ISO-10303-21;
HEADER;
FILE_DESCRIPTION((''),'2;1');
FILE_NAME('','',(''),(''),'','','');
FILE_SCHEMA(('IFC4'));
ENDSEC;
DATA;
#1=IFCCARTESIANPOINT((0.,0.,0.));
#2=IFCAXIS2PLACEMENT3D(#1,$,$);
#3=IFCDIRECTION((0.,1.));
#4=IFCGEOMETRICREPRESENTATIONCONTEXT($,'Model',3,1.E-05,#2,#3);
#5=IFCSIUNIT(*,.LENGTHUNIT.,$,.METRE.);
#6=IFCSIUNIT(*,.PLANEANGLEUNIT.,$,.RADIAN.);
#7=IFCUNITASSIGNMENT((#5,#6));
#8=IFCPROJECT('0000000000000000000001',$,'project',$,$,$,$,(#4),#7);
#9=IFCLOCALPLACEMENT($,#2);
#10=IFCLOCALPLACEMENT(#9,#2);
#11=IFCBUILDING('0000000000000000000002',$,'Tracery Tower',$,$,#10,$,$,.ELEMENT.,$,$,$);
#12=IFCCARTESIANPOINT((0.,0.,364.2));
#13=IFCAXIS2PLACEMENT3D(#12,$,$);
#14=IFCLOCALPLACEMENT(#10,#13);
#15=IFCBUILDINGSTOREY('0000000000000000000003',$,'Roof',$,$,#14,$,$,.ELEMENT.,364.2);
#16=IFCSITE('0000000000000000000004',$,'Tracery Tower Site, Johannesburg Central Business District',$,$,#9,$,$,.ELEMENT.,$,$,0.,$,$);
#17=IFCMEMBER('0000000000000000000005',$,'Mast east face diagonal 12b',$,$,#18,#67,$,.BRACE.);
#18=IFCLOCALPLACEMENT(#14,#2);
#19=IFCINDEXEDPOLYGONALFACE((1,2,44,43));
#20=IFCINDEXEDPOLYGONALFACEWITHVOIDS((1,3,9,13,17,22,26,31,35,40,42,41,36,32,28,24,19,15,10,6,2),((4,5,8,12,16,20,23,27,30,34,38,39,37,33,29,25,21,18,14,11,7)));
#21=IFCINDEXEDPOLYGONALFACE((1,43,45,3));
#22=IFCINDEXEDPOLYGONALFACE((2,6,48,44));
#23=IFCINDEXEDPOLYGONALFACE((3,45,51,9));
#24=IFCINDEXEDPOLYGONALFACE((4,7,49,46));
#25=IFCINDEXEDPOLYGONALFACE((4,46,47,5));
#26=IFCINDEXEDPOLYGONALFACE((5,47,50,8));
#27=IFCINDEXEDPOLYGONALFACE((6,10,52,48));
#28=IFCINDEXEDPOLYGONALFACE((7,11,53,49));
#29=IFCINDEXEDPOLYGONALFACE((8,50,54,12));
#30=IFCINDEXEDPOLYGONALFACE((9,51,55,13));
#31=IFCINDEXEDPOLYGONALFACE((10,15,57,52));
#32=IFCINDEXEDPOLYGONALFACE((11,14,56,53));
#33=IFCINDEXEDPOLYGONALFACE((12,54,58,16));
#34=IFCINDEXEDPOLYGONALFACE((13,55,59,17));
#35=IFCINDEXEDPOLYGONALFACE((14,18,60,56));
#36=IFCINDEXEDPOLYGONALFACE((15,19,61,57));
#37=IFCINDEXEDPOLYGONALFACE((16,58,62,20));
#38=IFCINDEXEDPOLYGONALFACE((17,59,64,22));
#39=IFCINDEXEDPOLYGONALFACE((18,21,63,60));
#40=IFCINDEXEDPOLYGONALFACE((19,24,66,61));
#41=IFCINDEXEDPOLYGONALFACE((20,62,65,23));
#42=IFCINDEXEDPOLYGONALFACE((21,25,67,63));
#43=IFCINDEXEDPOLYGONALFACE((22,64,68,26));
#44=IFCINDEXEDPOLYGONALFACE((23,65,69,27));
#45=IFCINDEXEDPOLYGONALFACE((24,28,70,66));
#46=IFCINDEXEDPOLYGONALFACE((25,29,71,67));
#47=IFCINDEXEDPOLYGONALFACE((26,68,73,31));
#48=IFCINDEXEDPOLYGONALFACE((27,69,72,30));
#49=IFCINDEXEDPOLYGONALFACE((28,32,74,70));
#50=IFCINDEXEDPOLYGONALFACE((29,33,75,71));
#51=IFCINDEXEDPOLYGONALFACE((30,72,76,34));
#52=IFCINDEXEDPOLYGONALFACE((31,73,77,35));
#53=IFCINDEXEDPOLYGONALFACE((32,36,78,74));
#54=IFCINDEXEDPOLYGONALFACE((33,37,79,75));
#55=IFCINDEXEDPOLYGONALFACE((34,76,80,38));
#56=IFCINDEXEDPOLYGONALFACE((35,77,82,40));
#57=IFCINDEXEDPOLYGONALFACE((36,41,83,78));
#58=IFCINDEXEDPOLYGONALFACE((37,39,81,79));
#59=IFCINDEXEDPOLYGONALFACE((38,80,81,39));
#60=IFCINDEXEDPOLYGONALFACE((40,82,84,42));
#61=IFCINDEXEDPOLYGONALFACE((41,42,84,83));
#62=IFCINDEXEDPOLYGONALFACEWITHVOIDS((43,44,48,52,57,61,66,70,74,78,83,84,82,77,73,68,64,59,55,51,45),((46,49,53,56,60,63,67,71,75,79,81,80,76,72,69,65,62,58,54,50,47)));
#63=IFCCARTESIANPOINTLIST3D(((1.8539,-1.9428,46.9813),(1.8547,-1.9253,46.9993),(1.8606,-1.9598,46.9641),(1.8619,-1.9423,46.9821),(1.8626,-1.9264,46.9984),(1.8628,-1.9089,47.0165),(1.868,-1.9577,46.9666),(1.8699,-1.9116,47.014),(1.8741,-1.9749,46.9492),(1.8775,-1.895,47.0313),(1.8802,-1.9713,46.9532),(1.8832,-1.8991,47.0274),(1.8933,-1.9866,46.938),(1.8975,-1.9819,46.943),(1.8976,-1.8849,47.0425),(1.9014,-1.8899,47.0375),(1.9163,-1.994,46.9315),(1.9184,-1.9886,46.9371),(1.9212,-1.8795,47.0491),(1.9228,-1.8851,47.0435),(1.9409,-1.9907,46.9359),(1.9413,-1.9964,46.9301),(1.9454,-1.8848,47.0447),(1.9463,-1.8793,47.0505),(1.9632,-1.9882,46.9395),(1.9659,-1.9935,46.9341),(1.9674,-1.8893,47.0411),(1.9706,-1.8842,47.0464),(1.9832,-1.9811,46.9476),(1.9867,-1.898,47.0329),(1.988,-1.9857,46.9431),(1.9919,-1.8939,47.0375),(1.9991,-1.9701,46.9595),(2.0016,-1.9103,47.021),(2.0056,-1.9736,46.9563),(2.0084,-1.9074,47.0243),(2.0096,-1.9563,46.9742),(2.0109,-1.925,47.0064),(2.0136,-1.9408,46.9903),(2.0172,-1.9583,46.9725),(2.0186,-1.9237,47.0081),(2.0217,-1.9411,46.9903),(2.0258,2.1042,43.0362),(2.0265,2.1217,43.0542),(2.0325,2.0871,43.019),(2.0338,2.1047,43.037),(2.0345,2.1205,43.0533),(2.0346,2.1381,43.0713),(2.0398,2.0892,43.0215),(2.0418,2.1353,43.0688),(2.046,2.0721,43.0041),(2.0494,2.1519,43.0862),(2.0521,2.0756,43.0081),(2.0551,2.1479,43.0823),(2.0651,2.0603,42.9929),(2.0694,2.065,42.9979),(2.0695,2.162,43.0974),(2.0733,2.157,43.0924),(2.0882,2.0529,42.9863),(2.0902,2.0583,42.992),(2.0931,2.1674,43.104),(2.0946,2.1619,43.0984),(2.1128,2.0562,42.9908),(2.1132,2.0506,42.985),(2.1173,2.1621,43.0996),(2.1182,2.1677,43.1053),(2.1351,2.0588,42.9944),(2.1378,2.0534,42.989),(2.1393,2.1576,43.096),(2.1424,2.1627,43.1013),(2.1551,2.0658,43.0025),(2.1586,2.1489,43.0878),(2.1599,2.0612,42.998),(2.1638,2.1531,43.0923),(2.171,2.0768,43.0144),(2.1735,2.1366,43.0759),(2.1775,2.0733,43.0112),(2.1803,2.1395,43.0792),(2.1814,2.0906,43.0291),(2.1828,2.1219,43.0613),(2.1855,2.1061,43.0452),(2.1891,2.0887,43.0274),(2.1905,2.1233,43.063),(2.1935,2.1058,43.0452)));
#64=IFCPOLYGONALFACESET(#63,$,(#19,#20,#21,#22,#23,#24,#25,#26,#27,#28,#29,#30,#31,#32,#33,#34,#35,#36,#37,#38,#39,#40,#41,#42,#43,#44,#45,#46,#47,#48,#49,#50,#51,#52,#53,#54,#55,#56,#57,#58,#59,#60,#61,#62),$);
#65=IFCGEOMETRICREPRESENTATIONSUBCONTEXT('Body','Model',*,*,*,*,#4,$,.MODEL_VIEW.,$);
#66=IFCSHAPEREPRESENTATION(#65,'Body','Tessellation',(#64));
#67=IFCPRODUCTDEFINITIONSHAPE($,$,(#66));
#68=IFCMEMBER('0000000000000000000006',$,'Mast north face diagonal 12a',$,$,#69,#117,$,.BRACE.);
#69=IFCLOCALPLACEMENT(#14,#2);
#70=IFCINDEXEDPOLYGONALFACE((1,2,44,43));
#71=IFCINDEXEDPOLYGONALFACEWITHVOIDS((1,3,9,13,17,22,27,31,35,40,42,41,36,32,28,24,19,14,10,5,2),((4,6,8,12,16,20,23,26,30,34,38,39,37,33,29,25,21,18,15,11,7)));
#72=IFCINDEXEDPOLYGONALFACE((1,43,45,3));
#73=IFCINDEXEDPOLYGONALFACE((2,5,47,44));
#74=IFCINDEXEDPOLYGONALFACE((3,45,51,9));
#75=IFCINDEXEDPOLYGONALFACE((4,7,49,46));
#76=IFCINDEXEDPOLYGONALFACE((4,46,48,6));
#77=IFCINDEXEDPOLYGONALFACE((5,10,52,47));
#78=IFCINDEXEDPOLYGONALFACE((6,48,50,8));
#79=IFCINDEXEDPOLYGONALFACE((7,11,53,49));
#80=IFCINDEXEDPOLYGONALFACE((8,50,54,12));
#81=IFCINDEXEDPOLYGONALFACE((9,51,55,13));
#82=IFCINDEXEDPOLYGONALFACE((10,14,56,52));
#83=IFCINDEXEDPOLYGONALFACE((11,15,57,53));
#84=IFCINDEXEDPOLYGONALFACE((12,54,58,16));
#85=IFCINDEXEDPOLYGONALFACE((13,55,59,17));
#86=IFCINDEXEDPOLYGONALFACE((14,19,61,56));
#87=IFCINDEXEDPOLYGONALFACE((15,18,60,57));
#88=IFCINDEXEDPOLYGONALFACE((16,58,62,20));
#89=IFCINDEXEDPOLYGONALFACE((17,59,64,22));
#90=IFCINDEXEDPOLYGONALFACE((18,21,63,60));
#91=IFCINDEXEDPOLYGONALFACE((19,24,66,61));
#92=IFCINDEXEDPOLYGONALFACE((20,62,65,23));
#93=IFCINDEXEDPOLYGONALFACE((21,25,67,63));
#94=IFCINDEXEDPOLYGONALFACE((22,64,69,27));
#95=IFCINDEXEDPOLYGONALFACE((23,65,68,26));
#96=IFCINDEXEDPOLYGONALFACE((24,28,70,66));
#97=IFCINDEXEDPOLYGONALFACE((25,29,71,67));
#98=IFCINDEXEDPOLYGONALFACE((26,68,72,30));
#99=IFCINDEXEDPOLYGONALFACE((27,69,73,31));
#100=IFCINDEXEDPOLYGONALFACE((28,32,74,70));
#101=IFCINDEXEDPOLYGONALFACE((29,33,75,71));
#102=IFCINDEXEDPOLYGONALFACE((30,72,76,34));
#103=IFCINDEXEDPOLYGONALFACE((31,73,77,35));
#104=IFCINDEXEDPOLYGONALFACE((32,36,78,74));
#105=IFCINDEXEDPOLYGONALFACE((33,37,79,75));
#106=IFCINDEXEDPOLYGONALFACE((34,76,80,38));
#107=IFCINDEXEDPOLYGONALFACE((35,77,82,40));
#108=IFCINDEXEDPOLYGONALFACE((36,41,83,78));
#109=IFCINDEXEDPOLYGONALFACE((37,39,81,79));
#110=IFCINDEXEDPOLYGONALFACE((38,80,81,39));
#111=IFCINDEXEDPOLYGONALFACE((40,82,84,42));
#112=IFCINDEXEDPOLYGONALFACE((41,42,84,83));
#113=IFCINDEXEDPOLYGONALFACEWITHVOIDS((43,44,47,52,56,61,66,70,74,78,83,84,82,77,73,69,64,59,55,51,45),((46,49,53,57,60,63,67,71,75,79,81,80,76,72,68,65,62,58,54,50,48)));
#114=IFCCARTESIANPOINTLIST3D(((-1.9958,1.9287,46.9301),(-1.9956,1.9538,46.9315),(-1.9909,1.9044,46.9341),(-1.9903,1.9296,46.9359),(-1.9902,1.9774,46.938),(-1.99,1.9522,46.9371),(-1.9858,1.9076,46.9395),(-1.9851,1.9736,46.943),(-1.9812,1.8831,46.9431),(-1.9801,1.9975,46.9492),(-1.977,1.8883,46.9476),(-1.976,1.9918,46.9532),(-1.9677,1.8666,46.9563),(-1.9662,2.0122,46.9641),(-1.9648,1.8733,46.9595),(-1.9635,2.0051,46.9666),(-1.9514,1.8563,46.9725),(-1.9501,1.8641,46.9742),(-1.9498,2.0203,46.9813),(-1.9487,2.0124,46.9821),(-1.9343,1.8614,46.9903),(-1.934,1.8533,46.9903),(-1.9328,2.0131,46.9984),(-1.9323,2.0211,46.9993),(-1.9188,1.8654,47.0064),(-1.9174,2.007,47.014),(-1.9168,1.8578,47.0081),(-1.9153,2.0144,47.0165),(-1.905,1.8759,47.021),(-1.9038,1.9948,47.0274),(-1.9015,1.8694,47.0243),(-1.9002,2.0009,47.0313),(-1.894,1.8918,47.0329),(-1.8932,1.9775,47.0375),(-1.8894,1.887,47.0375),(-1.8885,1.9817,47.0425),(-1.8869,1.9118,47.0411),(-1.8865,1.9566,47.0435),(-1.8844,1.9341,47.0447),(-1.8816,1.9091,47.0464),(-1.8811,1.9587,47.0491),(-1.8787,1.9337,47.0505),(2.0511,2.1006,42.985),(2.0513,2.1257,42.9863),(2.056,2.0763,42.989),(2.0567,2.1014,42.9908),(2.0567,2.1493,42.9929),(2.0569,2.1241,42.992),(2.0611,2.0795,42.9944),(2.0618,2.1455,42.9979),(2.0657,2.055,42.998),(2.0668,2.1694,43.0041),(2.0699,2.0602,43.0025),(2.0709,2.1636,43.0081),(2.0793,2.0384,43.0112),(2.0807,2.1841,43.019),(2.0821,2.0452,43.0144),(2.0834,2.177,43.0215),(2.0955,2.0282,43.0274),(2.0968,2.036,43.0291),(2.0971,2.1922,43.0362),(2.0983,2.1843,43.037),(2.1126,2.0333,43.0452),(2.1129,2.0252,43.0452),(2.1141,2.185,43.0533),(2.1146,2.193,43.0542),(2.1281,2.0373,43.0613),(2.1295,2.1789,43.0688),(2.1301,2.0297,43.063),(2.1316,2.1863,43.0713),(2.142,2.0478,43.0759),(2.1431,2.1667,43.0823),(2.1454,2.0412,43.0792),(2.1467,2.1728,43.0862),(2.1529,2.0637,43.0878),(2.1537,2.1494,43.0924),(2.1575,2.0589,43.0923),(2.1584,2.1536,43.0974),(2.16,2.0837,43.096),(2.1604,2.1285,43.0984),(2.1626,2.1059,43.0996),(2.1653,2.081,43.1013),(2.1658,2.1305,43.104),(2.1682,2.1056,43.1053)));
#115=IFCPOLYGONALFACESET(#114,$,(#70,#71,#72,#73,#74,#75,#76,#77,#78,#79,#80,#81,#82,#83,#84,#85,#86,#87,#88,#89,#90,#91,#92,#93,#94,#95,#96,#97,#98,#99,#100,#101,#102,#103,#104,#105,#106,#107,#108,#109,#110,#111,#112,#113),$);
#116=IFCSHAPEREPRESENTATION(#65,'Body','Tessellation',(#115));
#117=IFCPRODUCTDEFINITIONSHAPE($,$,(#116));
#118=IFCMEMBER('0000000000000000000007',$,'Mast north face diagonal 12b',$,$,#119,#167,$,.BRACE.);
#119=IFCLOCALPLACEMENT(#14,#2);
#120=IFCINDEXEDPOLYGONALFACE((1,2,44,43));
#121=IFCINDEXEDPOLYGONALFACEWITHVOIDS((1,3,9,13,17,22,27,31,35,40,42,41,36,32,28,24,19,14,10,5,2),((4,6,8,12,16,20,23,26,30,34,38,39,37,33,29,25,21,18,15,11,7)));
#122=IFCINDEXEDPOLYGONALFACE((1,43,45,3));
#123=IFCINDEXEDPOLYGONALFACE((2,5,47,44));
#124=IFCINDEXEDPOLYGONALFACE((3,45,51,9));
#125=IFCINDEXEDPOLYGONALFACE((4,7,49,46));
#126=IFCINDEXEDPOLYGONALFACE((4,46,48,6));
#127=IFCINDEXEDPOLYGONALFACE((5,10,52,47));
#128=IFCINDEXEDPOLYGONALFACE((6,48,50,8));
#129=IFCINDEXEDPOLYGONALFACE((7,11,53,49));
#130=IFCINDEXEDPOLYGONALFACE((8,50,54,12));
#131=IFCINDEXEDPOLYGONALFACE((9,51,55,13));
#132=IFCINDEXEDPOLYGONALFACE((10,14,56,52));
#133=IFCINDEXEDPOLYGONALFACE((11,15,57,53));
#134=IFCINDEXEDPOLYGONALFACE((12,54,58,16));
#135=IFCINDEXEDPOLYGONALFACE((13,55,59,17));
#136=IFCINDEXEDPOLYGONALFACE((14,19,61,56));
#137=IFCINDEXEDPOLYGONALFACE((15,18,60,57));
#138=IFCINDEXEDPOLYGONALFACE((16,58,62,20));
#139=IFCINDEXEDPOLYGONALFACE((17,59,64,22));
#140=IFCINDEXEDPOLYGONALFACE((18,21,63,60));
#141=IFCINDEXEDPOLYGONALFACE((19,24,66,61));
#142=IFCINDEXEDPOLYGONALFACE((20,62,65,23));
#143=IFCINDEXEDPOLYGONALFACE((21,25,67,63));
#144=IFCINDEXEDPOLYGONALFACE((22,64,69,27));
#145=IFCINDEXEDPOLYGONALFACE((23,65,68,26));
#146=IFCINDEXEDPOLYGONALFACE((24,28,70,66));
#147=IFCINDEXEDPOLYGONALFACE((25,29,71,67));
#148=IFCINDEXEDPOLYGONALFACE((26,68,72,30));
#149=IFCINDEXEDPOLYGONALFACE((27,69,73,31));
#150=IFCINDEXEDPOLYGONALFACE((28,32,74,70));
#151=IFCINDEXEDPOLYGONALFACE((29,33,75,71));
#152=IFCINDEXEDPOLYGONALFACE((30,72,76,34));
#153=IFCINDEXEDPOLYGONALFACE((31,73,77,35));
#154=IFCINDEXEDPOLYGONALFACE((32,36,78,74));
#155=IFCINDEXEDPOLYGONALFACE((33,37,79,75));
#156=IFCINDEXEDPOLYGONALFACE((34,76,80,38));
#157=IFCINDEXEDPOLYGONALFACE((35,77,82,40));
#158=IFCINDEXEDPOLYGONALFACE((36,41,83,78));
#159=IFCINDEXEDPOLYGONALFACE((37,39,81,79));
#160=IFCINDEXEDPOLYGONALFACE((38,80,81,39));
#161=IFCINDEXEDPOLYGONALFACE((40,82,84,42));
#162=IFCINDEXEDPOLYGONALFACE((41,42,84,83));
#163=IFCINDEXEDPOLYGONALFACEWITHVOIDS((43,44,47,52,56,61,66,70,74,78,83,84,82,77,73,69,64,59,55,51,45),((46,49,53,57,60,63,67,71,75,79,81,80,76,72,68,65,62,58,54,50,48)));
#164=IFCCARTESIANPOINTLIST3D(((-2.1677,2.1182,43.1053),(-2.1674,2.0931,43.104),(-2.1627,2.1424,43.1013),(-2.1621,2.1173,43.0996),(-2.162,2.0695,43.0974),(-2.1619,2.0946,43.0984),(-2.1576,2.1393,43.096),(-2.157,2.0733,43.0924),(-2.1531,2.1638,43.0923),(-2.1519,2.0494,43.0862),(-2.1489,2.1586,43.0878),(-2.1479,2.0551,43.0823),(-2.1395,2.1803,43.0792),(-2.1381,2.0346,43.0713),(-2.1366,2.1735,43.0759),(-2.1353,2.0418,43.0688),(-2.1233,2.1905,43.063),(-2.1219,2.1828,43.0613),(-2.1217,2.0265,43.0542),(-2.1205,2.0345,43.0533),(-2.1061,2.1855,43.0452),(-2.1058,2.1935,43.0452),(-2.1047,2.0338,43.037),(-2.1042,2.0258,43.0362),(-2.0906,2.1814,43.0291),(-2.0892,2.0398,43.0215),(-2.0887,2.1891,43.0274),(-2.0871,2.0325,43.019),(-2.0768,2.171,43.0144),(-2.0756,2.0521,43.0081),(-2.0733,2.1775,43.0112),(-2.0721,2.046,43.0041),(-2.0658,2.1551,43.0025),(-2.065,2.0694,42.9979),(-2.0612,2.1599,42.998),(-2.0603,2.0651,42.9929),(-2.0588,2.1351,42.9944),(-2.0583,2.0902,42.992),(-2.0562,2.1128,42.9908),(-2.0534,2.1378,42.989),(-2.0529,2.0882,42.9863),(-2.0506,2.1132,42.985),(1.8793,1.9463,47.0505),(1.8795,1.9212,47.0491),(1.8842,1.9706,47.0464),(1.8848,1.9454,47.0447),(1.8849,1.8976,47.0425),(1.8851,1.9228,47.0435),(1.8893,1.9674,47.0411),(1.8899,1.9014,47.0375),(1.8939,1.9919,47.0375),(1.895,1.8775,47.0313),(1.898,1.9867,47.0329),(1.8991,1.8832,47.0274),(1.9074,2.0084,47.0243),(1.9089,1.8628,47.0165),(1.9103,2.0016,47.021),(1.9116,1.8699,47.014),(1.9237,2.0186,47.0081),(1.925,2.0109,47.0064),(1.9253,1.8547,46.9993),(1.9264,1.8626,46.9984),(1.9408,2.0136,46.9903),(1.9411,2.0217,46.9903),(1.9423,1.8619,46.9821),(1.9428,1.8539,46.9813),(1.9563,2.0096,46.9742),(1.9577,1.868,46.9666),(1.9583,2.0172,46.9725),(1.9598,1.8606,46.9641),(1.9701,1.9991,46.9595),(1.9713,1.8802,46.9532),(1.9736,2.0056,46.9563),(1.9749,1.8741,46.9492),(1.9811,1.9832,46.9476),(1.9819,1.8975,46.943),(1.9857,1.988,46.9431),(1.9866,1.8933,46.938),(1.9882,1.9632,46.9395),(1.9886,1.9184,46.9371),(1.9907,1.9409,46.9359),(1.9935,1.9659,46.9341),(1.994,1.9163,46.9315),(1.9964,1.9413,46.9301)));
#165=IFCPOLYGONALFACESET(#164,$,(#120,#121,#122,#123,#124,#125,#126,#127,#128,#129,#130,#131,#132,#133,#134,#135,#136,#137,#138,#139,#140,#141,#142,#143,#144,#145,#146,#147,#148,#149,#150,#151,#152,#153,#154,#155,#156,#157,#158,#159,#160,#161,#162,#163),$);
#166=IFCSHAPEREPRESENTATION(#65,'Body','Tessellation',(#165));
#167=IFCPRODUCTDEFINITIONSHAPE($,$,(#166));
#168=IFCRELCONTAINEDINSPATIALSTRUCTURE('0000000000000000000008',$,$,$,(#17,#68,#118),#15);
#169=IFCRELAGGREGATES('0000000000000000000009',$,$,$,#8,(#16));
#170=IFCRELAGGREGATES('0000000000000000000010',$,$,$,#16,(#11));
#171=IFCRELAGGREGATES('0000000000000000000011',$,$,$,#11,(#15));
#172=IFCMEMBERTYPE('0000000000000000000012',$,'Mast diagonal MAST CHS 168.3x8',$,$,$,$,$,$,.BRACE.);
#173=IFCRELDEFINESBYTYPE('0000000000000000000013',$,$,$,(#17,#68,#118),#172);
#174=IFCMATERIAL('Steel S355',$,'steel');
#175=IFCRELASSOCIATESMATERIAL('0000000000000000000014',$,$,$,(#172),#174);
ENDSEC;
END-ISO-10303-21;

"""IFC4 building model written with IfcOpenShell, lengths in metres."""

from ifc_helpers import new_model, si_unit, direction, frame, origin, origin_2d, place, context, subcontext, project, spatial, hollow_circle, extrude, material, material_profile, profile_set, type_object, element, save


model = new_model("IFC4")

# Units and contexts
model_context = context("Model", 3, precision=1e-05, world=origin(), true_north=direction((0.0, 1.0)))
body_context = subcontext(model_context, "Body", "Model", "MODEL_VIEW")
ifc_project = project(units=[si_unit("LENGTHUNIT", "METRE"), si_unit("PLANEANGLEUNIT", "RADIAN")], contexts=[model_context])

# Site, building, storey
site_placement = place(None, origin())
site = spatial("IfcSite", under=ifc_project, at=site_placement, Name="Tracery Tower Site, Johannesburg Central Business District", CompositionType="ELEMENT", RefElevation=0.0)
building_placement = place(site_placement, origin())
building = spatial("IfcBuilding", under=site, at=building_placement, Name="Tracery Tower", CompositionType="ELEMENT")
storey_placement = place(building_placement, frame((0.0, 0.0, 364.2)))
storey = spatial("IfcBuildingStorey", under=building, at=storey_placement, Name="Roof", CompositionType="ELEMENT", Elevation=364.2)

# Members
ifc_material_1 = material(Name="Steel S355", Category="steel")
ifc_material_profile_1 = material_profile(ifc_material_1, hollow_circle(Radius=0.0842, WallThickness=0.0081, at=origin_2d()), Name="CHS 168.3x8")
ifc_profile_set_1 = profile_set([ifc_material_profile_1], Name="Steel S355")
member_type_1 = type_object("IfcMemberType", Name="Mast diagonal MAST CHS 168.3x8", PredefinedType="BRACE", material=ifc_profile_set_1)
for number, where, z_axis, x_axis, name in (
    (1, (2.1094, 2.1094, 43.0452), (-0.030398, -0.715725, 0.69772), (0.999099, -0.042433, 0.0), "Mast east face diagonal 12b"),
    (2, (2.1094, 2.1094, 43.0452), (-0.715725, -0.030398, 0.69772), (0.042433, -0.999099, 0.0), "Mast north face diagonal 12a"),
    (3, (-2.1094, 2.1094, 43.0452), (0.715725, -0.030398, 0.69772), (0.042433, 0.999099, 0.0), "Mast north face diagonal 12b"),
):
    element("IfcMember", number, at=place(storey_placement, frame(where, z_axis=z_axis, x_axis=x_axis)), inside=storey, type_object=member_type_1, Name=name, PredefinedType="BRACE", context=body_context, shape_type="SweptSolid", body=[
        extrude(hollow_circle(Radius=0.0842, WallThickness=0.0081, at=origin_2d()), origin(), (0.0, 0.0, 1.0), 5.6543),
    ])

save(model, "model.ifc")
